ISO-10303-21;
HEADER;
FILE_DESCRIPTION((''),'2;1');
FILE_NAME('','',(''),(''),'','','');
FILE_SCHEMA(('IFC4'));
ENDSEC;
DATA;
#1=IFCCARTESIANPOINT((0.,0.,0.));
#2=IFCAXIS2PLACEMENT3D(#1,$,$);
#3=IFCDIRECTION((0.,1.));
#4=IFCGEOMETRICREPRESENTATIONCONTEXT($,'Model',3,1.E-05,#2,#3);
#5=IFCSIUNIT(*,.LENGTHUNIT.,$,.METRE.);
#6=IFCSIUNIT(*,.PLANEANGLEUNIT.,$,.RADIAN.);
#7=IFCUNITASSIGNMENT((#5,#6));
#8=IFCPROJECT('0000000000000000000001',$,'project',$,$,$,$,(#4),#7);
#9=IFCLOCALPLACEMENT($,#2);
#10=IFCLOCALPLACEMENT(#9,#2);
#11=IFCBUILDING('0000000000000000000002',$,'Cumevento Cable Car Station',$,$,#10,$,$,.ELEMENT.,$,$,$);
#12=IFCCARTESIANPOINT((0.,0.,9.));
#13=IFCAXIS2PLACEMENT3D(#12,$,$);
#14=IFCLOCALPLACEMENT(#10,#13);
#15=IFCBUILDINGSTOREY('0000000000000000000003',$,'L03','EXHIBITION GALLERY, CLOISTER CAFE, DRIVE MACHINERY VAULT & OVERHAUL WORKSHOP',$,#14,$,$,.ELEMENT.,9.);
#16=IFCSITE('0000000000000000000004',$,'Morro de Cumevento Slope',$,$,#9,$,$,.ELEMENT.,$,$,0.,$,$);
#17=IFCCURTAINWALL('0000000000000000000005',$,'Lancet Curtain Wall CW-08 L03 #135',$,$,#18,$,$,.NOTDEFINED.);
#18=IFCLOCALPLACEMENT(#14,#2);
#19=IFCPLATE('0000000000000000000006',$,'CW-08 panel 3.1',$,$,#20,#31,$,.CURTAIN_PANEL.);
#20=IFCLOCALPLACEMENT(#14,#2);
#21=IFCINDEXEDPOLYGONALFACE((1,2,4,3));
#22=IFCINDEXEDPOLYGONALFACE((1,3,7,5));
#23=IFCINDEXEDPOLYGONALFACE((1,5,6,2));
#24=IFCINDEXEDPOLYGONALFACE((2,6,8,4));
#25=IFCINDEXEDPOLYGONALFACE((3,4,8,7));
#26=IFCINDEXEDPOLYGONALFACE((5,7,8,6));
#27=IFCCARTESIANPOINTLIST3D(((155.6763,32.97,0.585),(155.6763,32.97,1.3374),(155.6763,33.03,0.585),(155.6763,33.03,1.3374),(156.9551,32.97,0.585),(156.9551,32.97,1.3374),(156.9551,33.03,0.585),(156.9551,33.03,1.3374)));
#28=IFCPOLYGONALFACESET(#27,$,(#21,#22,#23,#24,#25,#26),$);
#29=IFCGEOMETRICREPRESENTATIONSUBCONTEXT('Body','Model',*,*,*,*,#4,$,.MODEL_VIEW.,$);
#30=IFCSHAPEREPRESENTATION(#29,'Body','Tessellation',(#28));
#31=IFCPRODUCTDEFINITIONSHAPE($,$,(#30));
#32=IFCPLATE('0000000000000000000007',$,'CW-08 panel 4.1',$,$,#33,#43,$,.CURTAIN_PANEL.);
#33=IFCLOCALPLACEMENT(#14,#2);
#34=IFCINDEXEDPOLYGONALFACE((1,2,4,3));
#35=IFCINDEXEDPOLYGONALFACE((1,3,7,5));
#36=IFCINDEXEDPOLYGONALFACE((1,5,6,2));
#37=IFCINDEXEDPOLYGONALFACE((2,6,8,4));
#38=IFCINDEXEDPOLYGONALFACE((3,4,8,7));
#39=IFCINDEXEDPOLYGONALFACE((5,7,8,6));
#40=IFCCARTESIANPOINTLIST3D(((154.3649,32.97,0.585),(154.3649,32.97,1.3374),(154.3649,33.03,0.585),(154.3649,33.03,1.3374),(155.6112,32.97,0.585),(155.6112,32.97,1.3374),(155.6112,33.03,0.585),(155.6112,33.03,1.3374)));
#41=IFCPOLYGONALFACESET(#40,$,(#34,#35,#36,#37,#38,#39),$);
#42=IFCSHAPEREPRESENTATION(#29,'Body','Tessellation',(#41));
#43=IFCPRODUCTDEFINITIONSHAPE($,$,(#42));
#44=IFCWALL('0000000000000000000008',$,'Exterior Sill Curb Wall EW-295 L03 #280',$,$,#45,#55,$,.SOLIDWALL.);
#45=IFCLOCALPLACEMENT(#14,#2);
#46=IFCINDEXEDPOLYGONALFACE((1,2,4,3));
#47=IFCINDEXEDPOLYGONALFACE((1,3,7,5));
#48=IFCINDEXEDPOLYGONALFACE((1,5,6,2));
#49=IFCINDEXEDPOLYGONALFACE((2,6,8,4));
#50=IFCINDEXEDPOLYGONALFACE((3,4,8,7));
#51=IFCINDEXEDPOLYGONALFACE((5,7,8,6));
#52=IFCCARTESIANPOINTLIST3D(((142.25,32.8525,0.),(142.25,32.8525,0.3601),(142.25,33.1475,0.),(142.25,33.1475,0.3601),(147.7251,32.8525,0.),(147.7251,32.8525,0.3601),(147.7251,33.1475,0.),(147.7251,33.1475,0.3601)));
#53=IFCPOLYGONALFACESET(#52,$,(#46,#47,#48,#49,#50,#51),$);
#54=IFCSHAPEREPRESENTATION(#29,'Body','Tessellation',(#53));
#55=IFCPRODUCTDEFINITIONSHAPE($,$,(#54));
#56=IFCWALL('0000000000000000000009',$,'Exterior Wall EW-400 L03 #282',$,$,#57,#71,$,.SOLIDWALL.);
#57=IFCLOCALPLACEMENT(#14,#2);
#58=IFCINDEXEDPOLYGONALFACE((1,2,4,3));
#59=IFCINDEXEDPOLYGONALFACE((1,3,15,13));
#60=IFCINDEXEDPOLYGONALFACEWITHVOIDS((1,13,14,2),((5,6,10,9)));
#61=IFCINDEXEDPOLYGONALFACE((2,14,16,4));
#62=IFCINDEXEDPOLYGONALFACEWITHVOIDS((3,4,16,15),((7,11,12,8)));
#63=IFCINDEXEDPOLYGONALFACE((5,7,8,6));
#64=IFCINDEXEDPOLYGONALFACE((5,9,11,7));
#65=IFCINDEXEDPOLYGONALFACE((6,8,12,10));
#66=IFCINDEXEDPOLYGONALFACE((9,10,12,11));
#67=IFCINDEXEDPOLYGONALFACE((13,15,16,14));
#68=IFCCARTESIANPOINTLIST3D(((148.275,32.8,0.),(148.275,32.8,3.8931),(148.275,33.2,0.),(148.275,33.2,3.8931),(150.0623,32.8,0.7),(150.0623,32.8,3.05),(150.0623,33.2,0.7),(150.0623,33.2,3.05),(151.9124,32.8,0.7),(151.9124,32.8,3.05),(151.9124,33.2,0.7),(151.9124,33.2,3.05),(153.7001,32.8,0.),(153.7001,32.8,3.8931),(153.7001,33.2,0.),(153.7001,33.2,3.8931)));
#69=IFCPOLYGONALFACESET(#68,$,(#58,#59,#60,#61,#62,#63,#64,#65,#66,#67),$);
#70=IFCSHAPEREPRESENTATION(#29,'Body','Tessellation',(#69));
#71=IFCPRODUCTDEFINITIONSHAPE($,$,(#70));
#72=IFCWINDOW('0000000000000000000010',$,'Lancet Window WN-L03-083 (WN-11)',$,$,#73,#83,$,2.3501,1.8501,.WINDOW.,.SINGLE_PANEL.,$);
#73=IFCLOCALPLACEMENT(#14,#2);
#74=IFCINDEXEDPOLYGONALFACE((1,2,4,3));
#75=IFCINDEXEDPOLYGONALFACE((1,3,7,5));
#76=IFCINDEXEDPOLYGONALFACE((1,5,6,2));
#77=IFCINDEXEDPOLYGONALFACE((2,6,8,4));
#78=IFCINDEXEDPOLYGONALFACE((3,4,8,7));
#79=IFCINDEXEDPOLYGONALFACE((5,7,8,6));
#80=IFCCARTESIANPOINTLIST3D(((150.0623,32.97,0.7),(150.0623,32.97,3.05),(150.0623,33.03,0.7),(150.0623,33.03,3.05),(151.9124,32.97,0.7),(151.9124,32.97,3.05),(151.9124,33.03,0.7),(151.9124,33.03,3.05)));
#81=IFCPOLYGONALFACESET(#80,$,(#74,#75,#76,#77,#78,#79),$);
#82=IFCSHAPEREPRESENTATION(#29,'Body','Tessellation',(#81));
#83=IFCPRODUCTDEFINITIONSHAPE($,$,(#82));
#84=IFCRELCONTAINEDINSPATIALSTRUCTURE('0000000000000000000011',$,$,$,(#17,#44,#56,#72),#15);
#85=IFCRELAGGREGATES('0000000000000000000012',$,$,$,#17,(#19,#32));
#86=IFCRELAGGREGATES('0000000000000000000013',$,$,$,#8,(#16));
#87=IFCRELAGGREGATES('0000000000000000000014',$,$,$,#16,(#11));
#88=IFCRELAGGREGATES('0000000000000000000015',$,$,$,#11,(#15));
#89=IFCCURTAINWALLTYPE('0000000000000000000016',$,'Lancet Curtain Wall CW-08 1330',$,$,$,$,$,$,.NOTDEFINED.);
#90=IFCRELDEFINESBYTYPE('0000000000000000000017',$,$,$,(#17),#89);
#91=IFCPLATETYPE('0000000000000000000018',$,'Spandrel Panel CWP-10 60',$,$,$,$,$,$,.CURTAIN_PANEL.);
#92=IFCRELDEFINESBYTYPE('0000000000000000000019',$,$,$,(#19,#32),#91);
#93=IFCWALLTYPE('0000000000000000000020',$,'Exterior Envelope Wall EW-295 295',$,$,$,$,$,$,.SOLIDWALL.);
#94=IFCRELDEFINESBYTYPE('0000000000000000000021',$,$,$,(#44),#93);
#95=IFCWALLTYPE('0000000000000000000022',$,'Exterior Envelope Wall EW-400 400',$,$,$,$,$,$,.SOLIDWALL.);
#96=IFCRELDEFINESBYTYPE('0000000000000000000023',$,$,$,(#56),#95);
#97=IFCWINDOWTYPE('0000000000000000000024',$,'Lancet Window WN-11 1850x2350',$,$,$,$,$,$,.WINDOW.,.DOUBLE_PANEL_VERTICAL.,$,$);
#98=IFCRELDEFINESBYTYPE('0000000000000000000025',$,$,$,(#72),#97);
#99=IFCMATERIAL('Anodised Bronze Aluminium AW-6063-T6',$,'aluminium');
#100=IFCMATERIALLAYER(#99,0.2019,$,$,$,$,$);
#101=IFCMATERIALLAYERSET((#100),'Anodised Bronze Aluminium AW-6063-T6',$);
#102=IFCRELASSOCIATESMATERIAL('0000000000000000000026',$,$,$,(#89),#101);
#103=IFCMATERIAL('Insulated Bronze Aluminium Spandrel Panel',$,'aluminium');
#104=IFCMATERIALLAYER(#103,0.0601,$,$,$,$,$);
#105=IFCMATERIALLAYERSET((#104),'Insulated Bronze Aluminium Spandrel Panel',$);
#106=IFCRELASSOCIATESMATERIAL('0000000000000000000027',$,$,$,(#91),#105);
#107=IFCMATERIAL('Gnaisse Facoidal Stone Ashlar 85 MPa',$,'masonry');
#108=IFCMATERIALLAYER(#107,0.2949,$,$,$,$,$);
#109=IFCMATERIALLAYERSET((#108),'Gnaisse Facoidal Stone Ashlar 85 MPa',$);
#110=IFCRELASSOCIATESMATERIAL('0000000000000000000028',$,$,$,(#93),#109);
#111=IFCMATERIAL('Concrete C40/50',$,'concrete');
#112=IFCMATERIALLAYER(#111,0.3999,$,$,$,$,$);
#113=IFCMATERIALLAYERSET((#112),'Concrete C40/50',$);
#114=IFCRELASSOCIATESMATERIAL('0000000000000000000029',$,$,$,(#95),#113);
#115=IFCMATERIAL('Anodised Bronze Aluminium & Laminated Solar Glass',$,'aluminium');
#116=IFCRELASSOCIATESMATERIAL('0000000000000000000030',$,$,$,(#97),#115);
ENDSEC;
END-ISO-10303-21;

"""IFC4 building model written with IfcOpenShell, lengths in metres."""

from ifc_helpers import new_model, si_unit, direction, frame, frame_2d, origin, origin_2d, place, context, subcontext, project, spatial, rectangle, extrude, material, layer, layer_set, type_object, element, fill, aggregate, save


model = new_model("IFC4")

# Units and contexts
model_context = context("Model", 3, precision=1e-05, world=origin(), true_north=direction((0.0, 1.0)))
body_context = subcontext(model_context, "Body", "Model", "MODEL_VIEW")
ifc_project = project(units=[si_unit("LENGTHUNIT", "METRE"), si_unit("PLANEANGLEUNIT", "RADIAN")], contexts=[model_context])

# Site, building, storey
site_placement = place(None, origin())
site = spatial("IfcSite", under=ifc_project, at=site_placement, Name="Morro de Cumevento Slope", CompositionType="ELEMENT", RefElevation=0.0)
building_placement = place(site_placement, origin())
building = spatial("IfcBuilding", under=site, at=building_placement, Name="Cumevento Cable Car Station", CompositionType="ELEMENT")
storey_placement = place(building_placement, frame((0.0, 0.0, 9.0)))
storey = spatial("IfcBuildingStorey", under=building, at=storey_placement, Name="L03", Description="EXHIBITION GALLERY, CLOISTER CAFE, DRIVE MACHINERY VAULT & OVERHAUL WORKSHOP", CompositionType="ELEMENT", Elevation=9.0)

# Curtain wall
ifc_material_1 = material(Name="Anodised Bronze Aluminium AW-6063-T6", Category="aluminium")
ifc_layer_1 = layer(ifc_material_1, 0.2019)
ifc_layer_set_1 = layer_set([ifc_layer_1], Name="Anodised Bronze Aluminium AW-6063-T6")
curtain_wall_type_1 = type_object("IfcCurtainWallType", Name="Lancet Curtain Wall CW-08 1330", PredefinedType="NOTDEFINED", material=ifc_layer_set_1)
curtain_wall_1_placement = place(storey_placement, origin())
curtain_wall_1 = element("IfcCurtainWall", 1, at=curtain_wall_1_placement, inside=storey, type_object=curtain_wall_type_1, Name="Lancet Curtain Wall CW-08 L03 #135", PredefinedType="NOTDEFINED")

# Plates
ifc_material_2 = material(Name="Insulated Bronze Aluminium Spandrel Panel", Category="aluminium")
ifc_layer_2 = layer(ifc_material_2, 0.0601)
ifc_layer_set_2 = layer_set([ifc_layer_2], Name="Insulated Bronze Aluminium Spandrel Panel")
plate_type_1 = type_object("IfcPlateType", Name="Spandrel Panel CWP-10 60", PredefinedType="CURTAIN_PANEL", material=ifc_layer_set_2)
plate_1_placement = place(storey_placement, frame((156.3157, 33.0, 0.585), z_axis=(0.0, 0.0, 1.0), x_axis=(-1.0, 0.0, 0.0)))
plate_1 = element("IfcPlate", 2, at=plate_1_placement, type_object=plate_type_1, Name="CW-08 panel 3.1", PredefinedType="CURTAIN_PANEL", context=body_context, shape_type="SweptSolid", body=[
    extrude(rectangle(XDim=1.2788, YDim=0.0601, at=origin_2d()), origin(), (0.0, 0.0, 1.0), 0.7524),
])
plate_2_placement = place(storey_placement, frame((154.988, 33.0, 0.585), z_axis=(0.0, 0.0, 1.0), x_axis=(-1.0, 0.0, 0.0)))
plate_2 = element("IfcPlate", 3, at=plate_2_placement, type_object=plate_type_1, Name="CW-08 panel 4.1", PredefinedType="CURTAIN_PANEL", context=body_context, shape_type="SweptSolid", body=[
    extrude(rectangle(XDim=1.2463, YDim=0.0601, at=origin_2d()), origin(), (0.0, 0.0, 1.0), 0.7524),
])
aggregate(curtain_wall_1, [plate_1, plate_2])

# Wall
ifc_material_3 = material(Name="Gnaisse Facoidal Stone Ashlar 85 MPa", Category="masonry")
ifc_layer_3 = layer(ifc_material_3, 0.2949)
ifc_layer_set_3 = layer_set([ifc_layer_3], Name="Gnaisse Facoidal Stone Ashlar 85 MPa")
wall_type_1 = type_object("IfcWallType", Name="Exterior Envelope Wall EW-295 295", PredefinedType="SOLIDWALL", material=ifc_layer_set_3)
wall_1_placement = place(storey_placement, frame((147.7251, 33.0, 0.0), z_axis=(0.0, 0.0, 1.0), x_axis=(-1.0, 0.0, 0.0)))
element("IfcWall", 4, at=wall_1_placement, inside=storey, type_object=wall_type_1, Name="Exterior Sill Curb Wall EW-295 L03 #280", PredefinedType="SOLIDWALL", context=body_context, shape_type="SweptSolid", body=[
    extrude(rectangle(XDim=5.4751, YDim=0.2949, at=frame_2d((2.7375, 0.0))), origin(), (0.0, 0.0, 1.0), 0.3601),
])

# Wall, opening, window
ifc_material_4 = material(Name="Concrete C40/50", Category="concrete")
ifc_layer_4 = layer(ifc_material_4, 0.3999)
ifc_layer_set_4 = layer_set([ifc_layer_4], Name="Concrete C40/50")
wall_type_2 = type_object("IfcWallType", Name="Exterior Envelope Wall EW-400 400", PredefinedType="SOLIDWALL", material=ifc_layer_set_4)
wall_2_placement = place(storey_placement, frame((153.7, 33.0, 0.0), z_axis=(0.0, 0.0, 1.0), x_axis=(-1.0, 0.0, 0.0)))
wall_2 = element("IfcWall", 5, at=wall_2_placement, inside=storey, type_object=wall_type_2, Name="Exterior Wall EW-400 L03 #282", PredefinedType="SOLIDWALL", context=body_context, shape_type="SweptSolid", body=[
    extrude(rectangle(XDim=5.425, YDim=0.3999, at=frame_2d((2.7124, 0.0))), origin(), (0.0, 0.0, 1.0), 3.8931),
])
opening_placement = place(wall_2_placement, frame((1.7876, 0.0, 0.7)))
opening = element("IfcOpeningElement", 6, at=opening_placement, cuts=wall_2, PredefinedType="OPENING", context=body_context, shape_type="SweptSolid", body=[
    extrude(rectangle(XDim=1.8501, YDim=2.3501, at=frame_2d((0.925, 1.175))), frame((0.0, 0.21, 0.0), z_axis=(0.0, -1.0, 0.0), x_axis=(1.0, 0.0, 0.0)), (0.0, 0.0, 1.0), 0.4199),
])
ifc_material_5 = material(Name="Anodised Bronze Aluminium & Laminated Solar Glass", Category="aluminium")
window_type = type_object("IfcWindowType", Name="Lancet Window WN-11 1850x2350", PartitioningType="DOUBLE_PANEL_VERTICAL", PredefinedType="WINDOW", material=ifc_material_5)
window_placement = place(opening_placement, origin())
window = element("IfcWindow", 7, at=window_placement, inside=storey, type_object=window_type, Name="Lancet Window WN-L03-083 (WN-11)", OverallHeight=2.3501, OverallWidth=1.8501, PartitioningType="SINGLE_PANEL", PredefinedType="WINDOW", context=body_context, shape_type="SweptSolid", body=[
    extrude(rectangle(XDim=1.8501, YDim=2.3501, at=frame_2d((0.925, 1.175))), frame((0.0, 0.03, 0.0), z_axis=(0.0, -1.0, 0.0), x_axis=(1.0, 0.0, 0.0)), (0.0, 0.0, 1.0), 0.0601),
])
fill(opening, window)

save(model, "model.ifc")
